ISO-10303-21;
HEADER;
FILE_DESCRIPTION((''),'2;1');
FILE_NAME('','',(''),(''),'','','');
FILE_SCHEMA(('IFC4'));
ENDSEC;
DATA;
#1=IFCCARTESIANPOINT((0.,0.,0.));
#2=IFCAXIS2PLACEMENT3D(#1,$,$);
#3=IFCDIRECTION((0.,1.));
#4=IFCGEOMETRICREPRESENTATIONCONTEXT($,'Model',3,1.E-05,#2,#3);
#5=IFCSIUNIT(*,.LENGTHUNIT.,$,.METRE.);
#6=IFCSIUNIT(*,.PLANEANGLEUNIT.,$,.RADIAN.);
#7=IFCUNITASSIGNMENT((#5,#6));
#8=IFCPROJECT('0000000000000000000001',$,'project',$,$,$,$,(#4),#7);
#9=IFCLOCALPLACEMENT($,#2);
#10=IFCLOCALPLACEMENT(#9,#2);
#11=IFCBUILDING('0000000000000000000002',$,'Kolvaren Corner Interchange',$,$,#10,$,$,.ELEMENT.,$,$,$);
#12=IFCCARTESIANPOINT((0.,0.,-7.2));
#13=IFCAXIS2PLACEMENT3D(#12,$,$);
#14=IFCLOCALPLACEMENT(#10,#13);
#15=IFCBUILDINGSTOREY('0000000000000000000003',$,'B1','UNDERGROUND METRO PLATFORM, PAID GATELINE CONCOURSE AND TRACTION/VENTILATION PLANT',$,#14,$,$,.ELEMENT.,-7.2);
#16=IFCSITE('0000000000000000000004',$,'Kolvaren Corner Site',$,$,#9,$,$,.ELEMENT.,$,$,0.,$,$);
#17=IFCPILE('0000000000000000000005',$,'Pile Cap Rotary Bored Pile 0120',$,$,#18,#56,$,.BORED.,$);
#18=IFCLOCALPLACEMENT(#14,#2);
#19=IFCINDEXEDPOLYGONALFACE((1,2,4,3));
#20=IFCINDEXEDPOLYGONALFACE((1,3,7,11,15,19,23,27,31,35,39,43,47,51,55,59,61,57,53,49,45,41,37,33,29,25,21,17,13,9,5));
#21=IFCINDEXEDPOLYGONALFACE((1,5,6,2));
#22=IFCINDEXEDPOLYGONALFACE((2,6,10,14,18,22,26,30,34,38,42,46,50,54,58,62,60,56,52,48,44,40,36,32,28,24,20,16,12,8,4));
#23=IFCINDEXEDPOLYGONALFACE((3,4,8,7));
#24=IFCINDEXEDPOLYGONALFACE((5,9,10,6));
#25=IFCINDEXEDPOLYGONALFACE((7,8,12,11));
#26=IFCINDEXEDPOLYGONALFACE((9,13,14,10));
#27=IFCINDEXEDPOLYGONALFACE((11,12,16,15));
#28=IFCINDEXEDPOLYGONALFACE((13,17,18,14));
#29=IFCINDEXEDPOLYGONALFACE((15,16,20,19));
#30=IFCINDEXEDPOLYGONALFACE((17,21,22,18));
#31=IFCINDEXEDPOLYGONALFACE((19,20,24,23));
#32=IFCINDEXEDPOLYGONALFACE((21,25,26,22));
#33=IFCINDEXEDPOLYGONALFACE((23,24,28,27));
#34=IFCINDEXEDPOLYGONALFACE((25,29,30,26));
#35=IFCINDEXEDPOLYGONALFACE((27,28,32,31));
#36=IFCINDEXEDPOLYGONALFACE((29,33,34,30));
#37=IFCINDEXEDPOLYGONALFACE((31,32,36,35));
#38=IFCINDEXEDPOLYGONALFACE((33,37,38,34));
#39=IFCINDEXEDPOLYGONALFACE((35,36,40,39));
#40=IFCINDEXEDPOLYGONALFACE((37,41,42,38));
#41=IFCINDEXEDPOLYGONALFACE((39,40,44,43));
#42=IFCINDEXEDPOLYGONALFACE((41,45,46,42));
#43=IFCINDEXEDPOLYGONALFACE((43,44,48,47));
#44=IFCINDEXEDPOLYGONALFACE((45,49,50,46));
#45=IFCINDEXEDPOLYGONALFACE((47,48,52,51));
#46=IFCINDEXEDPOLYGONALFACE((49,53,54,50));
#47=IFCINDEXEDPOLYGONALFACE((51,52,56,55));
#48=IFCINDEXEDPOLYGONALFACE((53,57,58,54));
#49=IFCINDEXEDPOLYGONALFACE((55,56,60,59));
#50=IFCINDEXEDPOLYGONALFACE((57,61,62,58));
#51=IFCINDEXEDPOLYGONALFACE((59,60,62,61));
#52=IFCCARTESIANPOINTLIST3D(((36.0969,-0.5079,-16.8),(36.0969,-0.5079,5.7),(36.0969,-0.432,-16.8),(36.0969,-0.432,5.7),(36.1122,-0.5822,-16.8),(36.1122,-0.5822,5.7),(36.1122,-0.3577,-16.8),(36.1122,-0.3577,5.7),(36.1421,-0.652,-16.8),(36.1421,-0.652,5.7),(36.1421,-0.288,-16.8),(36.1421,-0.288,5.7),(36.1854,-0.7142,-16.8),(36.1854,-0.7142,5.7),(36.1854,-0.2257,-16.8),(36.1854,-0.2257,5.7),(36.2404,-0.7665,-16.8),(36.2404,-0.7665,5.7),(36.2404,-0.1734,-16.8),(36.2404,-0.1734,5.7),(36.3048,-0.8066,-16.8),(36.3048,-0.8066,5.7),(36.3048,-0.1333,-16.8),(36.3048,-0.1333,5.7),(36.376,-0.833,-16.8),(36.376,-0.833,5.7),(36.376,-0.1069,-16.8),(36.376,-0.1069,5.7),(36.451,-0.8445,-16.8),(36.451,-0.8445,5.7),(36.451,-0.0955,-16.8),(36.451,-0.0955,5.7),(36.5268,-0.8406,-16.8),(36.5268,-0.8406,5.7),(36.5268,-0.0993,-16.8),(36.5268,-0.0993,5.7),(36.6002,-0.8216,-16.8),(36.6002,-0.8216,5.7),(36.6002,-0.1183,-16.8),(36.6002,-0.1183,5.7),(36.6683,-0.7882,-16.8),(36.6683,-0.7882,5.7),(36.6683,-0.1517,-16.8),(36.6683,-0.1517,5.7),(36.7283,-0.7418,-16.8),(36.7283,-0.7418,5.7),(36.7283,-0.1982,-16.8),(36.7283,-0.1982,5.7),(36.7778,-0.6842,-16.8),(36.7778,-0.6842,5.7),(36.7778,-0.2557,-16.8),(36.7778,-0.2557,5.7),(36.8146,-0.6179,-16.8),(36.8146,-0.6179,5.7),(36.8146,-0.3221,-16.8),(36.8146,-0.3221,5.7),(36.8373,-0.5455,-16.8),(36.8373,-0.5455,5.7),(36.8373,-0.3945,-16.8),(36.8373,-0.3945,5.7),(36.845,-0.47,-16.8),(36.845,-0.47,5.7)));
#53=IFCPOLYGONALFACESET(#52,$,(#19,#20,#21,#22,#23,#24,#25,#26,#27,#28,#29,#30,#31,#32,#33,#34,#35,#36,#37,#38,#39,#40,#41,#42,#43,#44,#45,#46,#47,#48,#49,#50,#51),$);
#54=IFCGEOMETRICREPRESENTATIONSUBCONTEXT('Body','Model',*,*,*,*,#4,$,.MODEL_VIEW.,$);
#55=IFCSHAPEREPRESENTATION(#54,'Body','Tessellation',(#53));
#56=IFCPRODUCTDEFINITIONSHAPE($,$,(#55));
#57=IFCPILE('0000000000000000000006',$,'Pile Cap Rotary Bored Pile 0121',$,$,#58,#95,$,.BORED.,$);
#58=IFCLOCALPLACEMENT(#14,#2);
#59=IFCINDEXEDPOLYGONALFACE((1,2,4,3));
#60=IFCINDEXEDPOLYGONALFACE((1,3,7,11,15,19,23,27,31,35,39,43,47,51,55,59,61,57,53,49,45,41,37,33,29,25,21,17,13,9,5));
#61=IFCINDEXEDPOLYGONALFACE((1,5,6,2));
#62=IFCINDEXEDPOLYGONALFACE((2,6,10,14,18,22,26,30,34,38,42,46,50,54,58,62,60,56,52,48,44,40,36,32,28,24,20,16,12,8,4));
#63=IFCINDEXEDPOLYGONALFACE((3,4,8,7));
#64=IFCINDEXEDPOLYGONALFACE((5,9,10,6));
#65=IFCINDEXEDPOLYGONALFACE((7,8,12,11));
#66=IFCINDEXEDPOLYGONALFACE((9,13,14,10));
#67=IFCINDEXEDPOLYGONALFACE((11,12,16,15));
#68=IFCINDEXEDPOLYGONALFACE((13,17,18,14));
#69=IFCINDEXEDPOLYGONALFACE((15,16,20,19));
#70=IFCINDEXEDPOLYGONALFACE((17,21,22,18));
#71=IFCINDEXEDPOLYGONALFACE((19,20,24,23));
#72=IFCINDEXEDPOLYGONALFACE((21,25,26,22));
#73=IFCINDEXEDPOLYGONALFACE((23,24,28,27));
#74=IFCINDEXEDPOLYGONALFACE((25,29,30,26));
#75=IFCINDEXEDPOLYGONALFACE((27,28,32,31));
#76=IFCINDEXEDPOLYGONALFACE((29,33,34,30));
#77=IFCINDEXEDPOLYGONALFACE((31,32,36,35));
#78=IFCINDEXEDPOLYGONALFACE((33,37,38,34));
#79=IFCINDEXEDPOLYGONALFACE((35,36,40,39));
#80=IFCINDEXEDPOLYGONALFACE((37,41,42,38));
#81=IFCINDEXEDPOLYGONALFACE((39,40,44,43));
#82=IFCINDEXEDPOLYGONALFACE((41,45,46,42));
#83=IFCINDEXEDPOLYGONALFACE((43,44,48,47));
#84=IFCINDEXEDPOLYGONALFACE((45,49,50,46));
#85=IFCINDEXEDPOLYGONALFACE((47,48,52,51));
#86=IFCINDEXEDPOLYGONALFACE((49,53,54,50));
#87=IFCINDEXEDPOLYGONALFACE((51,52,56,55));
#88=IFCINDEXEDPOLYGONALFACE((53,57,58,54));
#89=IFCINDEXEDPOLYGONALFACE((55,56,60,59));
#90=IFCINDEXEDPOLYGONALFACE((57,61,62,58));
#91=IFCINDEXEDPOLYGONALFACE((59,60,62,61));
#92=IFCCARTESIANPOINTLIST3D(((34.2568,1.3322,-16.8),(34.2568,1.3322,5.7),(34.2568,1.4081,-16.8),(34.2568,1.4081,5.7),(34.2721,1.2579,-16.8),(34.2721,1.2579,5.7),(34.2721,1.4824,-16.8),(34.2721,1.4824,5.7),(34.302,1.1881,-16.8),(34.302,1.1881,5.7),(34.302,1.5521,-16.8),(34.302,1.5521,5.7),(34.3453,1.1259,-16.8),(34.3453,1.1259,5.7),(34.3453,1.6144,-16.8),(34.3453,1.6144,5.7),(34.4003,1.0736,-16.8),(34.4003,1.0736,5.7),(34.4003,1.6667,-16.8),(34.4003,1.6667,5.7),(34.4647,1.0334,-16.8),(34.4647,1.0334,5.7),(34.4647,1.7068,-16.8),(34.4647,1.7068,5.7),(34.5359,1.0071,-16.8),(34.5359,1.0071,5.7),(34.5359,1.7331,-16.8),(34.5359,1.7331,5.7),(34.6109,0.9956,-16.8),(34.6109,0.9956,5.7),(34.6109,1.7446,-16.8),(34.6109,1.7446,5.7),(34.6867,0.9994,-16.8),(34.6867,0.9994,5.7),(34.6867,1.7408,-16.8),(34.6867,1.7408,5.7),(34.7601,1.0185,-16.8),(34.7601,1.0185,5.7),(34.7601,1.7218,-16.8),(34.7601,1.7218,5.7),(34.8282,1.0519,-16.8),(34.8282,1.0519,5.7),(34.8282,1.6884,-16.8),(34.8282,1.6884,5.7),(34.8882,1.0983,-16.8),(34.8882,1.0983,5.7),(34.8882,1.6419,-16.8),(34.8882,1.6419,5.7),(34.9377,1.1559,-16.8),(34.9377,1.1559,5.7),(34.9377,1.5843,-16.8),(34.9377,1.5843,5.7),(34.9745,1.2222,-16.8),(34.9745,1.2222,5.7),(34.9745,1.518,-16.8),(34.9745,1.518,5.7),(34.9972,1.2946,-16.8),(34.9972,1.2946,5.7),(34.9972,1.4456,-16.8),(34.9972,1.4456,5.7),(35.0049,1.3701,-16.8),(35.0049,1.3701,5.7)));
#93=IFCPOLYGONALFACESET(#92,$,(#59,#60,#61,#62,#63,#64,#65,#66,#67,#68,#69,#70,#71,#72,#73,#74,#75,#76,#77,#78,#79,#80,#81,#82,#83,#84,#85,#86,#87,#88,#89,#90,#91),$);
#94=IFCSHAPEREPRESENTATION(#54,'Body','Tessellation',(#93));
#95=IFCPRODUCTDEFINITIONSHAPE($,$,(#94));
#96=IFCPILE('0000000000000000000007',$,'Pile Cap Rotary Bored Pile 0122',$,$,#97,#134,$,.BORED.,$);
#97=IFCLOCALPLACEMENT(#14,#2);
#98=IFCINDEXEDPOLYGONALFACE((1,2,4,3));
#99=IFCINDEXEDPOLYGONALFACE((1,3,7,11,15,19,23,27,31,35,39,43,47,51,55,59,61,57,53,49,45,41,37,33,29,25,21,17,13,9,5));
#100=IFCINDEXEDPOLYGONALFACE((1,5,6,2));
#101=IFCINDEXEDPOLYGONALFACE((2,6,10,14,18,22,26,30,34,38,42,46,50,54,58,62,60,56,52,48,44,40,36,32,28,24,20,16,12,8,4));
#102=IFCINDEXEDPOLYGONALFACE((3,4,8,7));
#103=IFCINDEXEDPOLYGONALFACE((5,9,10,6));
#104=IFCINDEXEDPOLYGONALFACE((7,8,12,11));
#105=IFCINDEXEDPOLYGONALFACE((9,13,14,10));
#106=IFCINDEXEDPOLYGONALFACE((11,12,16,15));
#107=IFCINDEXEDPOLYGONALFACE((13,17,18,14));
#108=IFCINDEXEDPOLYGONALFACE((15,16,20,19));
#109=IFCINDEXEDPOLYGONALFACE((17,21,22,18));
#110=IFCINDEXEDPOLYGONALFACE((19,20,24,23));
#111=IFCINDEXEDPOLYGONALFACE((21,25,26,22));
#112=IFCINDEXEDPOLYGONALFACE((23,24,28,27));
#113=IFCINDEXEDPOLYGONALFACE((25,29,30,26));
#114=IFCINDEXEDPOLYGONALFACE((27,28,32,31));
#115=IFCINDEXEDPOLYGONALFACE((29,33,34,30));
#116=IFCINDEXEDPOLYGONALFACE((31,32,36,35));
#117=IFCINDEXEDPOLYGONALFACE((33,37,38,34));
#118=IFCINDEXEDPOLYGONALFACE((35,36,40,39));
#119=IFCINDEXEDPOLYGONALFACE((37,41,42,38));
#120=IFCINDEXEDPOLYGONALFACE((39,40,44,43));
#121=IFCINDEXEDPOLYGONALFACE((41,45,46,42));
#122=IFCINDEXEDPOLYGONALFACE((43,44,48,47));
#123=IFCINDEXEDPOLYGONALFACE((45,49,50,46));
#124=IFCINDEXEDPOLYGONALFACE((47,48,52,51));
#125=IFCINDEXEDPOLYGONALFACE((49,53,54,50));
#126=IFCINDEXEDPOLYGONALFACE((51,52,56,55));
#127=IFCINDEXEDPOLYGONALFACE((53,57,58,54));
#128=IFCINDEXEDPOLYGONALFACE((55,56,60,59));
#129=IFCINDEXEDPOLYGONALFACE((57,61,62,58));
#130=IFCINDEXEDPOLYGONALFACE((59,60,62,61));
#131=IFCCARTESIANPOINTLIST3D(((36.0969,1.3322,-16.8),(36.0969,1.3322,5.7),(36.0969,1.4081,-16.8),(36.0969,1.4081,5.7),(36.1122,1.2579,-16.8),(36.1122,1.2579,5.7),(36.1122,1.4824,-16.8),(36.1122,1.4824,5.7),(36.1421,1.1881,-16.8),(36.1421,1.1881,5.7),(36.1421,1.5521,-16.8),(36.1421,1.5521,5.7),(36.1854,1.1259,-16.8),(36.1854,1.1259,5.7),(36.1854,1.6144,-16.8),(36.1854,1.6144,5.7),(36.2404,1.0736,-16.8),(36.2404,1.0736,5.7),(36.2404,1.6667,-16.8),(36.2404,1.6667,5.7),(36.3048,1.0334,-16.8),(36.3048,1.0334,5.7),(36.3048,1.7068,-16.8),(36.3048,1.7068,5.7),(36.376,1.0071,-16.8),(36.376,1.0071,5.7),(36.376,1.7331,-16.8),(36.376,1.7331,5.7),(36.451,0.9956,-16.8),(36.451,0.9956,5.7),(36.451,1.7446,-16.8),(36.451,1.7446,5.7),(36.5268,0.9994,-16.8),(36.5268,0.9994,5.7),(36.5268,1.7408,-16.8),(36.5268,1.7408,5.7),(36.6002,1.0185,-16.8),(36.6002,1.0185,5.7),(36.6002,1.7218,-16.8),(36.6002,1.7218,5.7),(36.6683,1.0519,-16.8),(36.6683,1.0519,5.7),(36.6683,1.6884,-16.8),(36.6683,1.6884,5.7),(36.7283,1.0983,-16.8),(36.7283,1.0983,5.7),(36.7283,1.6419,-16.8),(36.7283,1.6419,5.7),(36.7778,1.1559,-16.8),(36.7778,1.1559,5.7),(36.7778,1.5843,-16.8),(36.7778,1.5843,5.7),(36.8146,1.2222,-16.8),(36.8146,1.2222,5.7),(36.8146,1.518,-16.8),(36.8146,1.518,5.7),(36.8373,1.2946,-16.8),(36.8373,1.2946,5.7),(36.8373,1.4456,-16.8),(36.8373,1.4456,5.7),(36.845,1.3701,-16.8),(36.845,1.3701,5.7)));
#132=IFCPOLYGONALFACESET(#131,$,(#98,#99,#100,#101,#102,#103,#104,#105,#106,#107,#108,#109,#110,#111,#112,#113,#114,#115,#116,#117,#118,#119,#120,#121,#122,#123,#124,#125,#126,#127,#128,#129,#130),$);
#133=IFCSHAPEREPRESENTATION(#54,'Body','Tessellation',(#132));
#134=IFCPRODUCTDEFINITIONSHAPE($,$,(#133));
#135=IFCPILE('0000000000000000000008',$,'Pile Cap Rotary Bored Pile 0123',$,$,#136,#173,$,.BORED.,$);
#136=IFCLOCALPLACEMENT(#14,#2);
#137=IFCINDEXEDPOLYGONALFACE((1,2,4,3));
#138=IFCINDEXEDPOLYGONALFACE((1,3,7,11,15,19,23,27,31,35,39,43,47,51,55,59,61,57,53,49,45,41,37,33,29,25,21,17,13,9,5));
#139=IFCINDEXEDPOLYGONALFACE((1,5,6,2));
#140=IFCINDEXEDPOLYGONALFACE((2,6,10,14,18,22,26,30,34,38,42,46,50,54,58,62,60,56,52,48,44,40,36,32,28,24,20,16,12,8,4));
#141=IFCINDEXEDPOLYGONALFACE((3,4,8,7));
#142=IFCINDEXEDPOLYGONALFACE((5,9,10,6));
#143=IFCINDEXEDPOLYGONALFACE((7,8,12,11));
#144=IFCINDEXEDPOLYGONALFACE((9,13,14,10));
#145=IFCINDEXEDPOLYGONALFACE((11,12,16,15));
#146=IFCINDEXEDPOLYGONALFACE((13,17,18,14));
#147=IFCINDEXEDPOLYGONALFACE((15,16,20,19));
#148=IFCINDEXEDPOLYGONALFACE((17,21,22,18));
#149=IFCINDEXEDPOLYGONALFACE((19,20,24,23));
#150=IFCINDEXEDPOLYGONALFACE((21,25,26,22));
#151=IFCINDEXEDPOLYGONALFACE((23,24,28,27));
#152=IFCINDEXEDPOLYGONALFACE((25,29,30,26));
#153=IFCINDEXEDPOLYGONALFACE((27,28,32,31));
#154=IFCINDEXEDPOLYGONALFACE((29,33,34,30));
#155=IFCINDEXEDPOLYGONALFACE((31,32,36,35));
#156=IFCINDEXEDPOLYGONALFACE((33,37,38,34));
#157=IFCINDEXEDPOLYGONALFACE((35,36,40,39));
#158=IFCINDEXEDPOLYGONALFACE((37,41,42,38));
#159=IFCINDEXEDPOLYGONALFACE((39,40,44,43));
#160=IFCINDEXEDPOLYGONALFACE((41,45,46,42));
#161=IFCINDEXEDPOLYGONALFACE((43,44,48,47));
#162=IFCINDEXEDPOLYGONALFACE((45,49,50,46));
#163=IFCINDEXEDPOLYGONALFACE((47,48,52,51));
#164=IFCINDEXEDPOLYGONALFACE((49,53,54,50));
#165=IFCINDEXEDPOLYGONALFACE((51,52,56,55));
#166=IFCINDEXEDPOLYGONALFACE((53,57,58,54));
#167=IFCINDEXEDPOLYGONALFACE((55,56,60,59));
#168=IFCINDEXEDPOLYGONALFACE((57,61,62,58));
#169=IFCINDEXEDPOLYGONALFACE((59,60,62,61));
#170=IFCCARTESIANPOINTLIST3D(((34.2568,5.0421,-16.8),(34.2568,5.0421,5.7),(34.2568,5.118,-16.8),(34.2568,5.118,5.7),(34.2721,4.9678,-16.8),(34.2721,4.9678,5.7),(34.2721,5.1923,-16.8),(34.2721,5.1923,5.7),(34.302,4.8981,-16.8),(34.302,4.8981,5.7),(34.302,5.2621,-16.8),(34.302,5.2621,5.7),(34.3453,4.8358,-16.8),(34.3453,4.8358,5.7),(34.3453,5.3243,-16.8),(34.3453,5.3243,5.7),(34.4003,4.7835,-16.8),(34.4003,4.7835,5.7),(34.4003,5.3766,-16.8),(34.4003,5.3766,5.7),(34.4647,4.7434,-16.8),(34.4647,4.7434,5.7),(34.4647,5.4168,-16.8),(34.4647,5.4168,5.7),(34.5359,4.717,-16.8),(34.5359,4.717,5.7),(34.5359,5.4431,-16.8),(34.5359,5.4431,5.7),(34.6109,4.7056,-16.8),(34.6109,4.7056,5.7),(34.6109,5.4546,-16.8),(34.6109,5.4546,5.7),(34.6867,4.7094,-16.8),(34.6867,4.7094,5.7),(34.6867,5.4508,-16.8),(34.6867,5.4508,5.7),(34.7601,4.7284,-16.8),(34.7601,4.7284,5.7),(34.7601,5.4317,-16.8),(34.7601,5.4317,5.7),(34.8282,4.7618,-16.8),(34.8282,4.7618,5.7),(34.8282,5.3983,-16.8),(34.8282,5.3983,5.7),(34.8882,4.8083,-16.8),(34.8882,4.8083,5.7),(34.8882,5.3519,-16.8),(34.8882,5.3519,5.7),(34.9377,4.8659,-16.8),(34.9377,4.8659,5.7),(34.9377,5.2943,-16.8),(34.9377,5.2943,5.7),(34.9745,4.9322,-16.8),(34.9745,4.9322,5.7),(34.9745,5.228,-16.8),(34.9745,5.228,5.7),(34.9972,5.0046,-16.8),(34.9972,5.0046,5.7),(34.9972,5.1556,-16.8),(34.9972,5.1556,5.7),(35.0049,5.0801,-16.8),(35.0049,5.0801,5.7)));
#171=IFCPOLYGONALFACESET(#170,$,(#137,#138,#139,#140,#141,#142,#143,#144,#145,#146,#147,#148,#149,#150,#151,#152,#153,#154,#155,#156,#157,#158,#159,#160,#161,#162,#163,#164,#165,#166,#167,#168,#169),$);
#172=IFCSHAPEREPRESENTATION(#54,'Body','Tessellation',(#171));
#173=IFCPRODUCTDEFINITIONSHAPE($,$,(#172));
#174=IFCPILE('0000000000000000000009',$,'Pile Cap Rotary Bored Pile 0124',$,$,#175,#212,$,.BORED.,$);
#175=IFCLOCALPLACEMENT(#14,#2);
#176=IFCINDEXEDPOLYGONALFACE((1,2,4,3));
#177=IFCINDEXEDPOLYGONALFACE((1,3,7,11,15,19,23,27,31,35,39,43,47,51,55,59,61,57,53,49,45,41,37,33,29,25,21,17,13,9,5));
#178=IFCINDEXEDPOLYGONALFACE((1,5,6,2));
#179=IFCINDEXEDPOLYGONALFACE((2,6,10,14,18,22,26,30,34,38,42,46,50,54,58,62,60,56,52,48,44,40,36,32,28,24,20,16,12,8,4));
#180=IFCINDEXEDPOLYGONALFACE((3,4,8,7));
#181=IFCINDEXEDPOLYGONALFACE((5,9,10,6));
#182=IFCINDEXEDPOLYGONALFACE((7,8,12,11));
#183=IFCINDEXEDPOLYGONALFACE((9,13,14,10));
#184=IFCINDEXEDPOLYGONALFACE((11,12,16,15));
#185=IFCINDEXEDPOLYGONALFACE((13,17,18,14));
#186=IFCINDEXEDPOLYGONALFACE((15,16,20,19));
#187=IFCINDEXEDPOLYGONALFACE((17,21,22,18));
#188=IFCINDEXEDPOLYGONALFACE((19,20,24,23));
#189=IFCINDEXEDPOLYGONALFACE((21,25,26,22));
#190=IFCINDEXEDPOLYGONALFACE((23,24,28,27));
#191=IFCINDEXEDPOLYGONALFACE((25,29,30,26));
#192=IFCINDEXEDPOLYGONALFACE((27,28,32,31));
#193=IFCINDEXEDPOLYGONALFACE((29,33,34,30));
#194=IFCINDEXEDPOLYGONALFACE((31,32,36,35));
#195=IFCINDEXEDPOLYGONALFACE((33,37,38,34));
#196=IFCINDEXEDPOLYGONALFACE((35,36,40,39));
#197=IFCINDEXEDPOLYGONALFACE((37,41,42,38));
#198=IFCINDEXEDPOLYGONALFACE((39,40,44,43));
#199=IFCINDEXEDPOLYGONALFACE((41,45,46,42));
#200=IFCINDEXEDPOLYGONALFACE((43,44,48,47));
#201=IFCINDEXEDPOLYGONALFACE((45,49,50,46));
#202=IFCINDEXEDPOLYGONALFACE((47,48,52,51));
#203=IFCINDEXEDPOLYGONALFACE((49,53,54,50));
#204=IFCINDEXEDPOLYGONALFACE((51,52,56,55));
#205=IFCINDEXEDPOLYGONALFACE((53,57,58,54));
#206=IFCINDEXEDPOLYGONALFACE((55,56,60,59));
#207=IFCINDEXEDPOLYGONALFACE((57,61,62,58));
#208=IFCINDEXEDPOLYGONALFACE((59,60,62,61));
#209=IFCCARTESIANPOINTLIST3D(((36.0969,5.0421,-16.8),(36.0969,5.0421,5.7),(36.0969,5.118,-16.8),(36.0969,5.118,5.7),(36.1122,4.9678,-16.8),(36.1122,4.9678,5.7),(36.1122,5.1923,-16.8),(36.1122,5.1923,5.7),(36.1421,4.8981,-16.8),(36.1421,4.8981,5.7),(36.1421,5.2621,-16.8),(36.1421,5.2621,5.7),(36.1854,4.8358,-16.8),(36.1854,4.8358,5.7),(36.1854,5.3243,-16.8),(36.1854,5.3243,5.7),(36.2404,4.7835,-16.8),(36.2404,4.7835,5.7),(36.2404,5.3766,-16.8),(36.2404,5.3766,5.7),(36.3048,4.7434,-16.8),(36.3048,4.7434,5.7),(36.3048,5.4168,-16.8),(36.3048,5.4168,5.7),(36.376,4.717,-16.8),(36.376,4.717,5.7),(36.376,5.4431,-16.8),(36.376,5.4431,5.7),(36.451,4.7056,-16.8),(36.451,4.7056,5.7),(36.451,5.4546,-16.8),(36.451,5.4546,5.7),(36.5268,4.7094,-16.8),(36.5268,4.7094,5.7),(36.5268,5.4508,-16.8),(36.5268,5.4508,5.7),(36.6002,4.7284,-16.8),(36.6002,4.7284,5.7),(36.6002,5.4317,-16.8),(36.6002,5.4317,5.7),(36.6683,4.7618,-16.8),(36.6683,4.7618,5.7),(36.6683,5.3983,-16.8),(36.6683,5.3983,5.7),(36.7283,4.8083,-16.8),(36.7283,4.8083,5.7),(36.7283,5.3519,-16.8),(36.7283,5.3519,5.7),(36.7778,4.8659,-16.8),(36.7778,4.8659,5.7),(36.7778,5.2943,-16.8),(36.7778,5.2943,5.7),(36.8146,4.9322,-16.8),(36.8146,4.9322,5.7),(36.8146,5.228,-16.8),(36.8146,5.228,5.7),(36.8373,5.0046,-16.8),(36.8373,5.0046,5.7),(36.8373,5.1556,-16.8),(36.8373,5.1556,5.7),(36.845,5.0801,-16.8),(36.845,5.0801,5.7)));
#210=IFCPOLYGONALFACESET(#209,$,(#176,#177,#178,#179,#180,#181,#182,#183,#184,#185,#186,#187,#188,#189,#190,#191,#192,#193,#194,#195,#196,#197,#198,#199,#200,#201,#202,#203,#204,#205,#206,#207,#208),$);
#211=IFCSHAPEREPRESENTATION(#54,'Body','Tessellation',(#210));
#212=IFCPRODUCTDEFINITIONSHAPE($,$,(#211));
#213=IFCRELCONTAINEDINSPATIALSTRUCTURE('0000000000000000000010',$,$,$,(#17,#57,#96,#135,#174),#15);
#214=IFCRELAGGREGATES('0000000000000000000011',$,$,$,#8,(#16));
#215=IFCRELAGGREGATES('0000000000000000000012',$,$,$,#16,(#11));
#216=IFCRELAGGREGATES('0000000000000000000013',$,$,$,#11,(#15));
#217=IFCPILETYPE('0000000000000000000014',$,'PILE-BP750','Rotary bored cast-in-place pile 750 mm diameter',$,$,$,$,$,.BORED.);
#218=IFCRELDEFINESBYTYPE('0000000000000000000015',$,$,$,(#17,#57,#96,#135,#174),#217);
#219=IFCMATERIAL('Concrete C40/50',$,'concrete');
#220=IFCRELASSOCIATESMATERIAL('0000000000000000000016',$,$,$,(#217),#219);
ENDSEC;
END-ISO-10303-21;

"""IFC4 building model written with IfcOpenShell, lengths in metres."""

from ifc_helpers import new_model, si_unit, direction, frame, origin, origin_2d, place, context, subcontext, project, spatial, circle, extrude, material, material_profile, profile_set, type_object, element, save


model = new_model("IFC4")

# Units and contexts
model_context = context("Model", 3, precision=1e-05, world=origin(), true_north=direction((0.0, 1.0)))
body_context = subcontext(model_context, "Body", "Model", "MODEL_VIEW")
ifc_project = project(units=[si_unit("LENGTHUNIT", "METRE"), si_unit("PLANEANGLEUNIT", "RADIAN")], contexts=[model_context])

# Site, building, storey
site_placement = place(None, origin())
site = spatial("IfcSite", under=ifc_project, at=site_placement, Name="Kolvaren Corner Site", CompositionType="ELEMENT", RefElevation=0.0)
building_placement = place(site_placement, origin())
building = spatial("IfcBuilding", under=site, at=building_placement, Name="Kolvaren Corner Interchange", CompositionType="ELEMENT")
storey_placement = place(building_placement, frame((0.0, 0.0, -7.2)))
storey = spatial("IfcBuildingStorey", under=building, at=storey_placement, Name="B1", Description="UNDERGROUND METRO PLATFORM, PAID GATELINE CONCOURSE AND TRACTION/VENTILATION PLANT", CompositionType="ELEMENT", Elevation=-7.2)

# Piles
ifc_material_1 = material(Name="Concrete C40/50", Category="concrete")
ifc_material_profile_1 = material_profile(ifc_material_1, circle(Radius=0.375, at=origin_2d()), Name="BORED PILE 750")
ifc_profile_set_1 = profile_set([ifc_material_profile_1], Name="Concrete C40/50")
pile_type_1 = type_object("IfcPileType", Name="PILE-BP750", Description="Rotary bored cast-in-place pile 750 mm diameter", PredefinedType="BORED", material=ifc_profile_set_1)
for number, where, z_axis, x_axis, name in (
    (1, (36.47, -0.47, 5.7), (0.0, 0.0, -1.0), (1.0, 0.0, 0.0), "Pile Cap Rotary Bored Pile 0120"),
    (2, (34.6299, 1.3701, 5.7), (0.0, 0.0, -1.0), (1.0, 0.0, 0.0), "Pile Cap Rotary Bored Pile 0121"),
    (3, (36.47, 1.3701, 5.7), (0.0, 0.0, -1.0), (1.0, 0.0, 0.0), "Pile Cap Rotary Bored Pile 0122"),
    (4, (34.6299, 5.0801, 5.7), (0.0, 0.0, -1.0), (1.0, 0.0, 0.0), "Pile Cap Rotary Bored Pile 0123"),
    (5, (36.47, 5.0801, 5.7), (0.0, 0.0, -1.0), (1.0, 0.0, 0.0), "Pile Cap Rotary Bored Pile 0124"),
):
    element("IfcPile", number, at=place(storey_placement, frame(where, z_axis=z_axis, x_axis=x_axis)), inside=storey, type_object=pile_type_1, Name=name, PredefinedType="BORED", context=body_context, shape_type="SweptSolid", body=[
        extrude(circle(Radius=0.375, at=origin_2d()), origin(), (0.0, 0.0, 1.0), 22.5),
    ])

save(model, "model.ifc")
